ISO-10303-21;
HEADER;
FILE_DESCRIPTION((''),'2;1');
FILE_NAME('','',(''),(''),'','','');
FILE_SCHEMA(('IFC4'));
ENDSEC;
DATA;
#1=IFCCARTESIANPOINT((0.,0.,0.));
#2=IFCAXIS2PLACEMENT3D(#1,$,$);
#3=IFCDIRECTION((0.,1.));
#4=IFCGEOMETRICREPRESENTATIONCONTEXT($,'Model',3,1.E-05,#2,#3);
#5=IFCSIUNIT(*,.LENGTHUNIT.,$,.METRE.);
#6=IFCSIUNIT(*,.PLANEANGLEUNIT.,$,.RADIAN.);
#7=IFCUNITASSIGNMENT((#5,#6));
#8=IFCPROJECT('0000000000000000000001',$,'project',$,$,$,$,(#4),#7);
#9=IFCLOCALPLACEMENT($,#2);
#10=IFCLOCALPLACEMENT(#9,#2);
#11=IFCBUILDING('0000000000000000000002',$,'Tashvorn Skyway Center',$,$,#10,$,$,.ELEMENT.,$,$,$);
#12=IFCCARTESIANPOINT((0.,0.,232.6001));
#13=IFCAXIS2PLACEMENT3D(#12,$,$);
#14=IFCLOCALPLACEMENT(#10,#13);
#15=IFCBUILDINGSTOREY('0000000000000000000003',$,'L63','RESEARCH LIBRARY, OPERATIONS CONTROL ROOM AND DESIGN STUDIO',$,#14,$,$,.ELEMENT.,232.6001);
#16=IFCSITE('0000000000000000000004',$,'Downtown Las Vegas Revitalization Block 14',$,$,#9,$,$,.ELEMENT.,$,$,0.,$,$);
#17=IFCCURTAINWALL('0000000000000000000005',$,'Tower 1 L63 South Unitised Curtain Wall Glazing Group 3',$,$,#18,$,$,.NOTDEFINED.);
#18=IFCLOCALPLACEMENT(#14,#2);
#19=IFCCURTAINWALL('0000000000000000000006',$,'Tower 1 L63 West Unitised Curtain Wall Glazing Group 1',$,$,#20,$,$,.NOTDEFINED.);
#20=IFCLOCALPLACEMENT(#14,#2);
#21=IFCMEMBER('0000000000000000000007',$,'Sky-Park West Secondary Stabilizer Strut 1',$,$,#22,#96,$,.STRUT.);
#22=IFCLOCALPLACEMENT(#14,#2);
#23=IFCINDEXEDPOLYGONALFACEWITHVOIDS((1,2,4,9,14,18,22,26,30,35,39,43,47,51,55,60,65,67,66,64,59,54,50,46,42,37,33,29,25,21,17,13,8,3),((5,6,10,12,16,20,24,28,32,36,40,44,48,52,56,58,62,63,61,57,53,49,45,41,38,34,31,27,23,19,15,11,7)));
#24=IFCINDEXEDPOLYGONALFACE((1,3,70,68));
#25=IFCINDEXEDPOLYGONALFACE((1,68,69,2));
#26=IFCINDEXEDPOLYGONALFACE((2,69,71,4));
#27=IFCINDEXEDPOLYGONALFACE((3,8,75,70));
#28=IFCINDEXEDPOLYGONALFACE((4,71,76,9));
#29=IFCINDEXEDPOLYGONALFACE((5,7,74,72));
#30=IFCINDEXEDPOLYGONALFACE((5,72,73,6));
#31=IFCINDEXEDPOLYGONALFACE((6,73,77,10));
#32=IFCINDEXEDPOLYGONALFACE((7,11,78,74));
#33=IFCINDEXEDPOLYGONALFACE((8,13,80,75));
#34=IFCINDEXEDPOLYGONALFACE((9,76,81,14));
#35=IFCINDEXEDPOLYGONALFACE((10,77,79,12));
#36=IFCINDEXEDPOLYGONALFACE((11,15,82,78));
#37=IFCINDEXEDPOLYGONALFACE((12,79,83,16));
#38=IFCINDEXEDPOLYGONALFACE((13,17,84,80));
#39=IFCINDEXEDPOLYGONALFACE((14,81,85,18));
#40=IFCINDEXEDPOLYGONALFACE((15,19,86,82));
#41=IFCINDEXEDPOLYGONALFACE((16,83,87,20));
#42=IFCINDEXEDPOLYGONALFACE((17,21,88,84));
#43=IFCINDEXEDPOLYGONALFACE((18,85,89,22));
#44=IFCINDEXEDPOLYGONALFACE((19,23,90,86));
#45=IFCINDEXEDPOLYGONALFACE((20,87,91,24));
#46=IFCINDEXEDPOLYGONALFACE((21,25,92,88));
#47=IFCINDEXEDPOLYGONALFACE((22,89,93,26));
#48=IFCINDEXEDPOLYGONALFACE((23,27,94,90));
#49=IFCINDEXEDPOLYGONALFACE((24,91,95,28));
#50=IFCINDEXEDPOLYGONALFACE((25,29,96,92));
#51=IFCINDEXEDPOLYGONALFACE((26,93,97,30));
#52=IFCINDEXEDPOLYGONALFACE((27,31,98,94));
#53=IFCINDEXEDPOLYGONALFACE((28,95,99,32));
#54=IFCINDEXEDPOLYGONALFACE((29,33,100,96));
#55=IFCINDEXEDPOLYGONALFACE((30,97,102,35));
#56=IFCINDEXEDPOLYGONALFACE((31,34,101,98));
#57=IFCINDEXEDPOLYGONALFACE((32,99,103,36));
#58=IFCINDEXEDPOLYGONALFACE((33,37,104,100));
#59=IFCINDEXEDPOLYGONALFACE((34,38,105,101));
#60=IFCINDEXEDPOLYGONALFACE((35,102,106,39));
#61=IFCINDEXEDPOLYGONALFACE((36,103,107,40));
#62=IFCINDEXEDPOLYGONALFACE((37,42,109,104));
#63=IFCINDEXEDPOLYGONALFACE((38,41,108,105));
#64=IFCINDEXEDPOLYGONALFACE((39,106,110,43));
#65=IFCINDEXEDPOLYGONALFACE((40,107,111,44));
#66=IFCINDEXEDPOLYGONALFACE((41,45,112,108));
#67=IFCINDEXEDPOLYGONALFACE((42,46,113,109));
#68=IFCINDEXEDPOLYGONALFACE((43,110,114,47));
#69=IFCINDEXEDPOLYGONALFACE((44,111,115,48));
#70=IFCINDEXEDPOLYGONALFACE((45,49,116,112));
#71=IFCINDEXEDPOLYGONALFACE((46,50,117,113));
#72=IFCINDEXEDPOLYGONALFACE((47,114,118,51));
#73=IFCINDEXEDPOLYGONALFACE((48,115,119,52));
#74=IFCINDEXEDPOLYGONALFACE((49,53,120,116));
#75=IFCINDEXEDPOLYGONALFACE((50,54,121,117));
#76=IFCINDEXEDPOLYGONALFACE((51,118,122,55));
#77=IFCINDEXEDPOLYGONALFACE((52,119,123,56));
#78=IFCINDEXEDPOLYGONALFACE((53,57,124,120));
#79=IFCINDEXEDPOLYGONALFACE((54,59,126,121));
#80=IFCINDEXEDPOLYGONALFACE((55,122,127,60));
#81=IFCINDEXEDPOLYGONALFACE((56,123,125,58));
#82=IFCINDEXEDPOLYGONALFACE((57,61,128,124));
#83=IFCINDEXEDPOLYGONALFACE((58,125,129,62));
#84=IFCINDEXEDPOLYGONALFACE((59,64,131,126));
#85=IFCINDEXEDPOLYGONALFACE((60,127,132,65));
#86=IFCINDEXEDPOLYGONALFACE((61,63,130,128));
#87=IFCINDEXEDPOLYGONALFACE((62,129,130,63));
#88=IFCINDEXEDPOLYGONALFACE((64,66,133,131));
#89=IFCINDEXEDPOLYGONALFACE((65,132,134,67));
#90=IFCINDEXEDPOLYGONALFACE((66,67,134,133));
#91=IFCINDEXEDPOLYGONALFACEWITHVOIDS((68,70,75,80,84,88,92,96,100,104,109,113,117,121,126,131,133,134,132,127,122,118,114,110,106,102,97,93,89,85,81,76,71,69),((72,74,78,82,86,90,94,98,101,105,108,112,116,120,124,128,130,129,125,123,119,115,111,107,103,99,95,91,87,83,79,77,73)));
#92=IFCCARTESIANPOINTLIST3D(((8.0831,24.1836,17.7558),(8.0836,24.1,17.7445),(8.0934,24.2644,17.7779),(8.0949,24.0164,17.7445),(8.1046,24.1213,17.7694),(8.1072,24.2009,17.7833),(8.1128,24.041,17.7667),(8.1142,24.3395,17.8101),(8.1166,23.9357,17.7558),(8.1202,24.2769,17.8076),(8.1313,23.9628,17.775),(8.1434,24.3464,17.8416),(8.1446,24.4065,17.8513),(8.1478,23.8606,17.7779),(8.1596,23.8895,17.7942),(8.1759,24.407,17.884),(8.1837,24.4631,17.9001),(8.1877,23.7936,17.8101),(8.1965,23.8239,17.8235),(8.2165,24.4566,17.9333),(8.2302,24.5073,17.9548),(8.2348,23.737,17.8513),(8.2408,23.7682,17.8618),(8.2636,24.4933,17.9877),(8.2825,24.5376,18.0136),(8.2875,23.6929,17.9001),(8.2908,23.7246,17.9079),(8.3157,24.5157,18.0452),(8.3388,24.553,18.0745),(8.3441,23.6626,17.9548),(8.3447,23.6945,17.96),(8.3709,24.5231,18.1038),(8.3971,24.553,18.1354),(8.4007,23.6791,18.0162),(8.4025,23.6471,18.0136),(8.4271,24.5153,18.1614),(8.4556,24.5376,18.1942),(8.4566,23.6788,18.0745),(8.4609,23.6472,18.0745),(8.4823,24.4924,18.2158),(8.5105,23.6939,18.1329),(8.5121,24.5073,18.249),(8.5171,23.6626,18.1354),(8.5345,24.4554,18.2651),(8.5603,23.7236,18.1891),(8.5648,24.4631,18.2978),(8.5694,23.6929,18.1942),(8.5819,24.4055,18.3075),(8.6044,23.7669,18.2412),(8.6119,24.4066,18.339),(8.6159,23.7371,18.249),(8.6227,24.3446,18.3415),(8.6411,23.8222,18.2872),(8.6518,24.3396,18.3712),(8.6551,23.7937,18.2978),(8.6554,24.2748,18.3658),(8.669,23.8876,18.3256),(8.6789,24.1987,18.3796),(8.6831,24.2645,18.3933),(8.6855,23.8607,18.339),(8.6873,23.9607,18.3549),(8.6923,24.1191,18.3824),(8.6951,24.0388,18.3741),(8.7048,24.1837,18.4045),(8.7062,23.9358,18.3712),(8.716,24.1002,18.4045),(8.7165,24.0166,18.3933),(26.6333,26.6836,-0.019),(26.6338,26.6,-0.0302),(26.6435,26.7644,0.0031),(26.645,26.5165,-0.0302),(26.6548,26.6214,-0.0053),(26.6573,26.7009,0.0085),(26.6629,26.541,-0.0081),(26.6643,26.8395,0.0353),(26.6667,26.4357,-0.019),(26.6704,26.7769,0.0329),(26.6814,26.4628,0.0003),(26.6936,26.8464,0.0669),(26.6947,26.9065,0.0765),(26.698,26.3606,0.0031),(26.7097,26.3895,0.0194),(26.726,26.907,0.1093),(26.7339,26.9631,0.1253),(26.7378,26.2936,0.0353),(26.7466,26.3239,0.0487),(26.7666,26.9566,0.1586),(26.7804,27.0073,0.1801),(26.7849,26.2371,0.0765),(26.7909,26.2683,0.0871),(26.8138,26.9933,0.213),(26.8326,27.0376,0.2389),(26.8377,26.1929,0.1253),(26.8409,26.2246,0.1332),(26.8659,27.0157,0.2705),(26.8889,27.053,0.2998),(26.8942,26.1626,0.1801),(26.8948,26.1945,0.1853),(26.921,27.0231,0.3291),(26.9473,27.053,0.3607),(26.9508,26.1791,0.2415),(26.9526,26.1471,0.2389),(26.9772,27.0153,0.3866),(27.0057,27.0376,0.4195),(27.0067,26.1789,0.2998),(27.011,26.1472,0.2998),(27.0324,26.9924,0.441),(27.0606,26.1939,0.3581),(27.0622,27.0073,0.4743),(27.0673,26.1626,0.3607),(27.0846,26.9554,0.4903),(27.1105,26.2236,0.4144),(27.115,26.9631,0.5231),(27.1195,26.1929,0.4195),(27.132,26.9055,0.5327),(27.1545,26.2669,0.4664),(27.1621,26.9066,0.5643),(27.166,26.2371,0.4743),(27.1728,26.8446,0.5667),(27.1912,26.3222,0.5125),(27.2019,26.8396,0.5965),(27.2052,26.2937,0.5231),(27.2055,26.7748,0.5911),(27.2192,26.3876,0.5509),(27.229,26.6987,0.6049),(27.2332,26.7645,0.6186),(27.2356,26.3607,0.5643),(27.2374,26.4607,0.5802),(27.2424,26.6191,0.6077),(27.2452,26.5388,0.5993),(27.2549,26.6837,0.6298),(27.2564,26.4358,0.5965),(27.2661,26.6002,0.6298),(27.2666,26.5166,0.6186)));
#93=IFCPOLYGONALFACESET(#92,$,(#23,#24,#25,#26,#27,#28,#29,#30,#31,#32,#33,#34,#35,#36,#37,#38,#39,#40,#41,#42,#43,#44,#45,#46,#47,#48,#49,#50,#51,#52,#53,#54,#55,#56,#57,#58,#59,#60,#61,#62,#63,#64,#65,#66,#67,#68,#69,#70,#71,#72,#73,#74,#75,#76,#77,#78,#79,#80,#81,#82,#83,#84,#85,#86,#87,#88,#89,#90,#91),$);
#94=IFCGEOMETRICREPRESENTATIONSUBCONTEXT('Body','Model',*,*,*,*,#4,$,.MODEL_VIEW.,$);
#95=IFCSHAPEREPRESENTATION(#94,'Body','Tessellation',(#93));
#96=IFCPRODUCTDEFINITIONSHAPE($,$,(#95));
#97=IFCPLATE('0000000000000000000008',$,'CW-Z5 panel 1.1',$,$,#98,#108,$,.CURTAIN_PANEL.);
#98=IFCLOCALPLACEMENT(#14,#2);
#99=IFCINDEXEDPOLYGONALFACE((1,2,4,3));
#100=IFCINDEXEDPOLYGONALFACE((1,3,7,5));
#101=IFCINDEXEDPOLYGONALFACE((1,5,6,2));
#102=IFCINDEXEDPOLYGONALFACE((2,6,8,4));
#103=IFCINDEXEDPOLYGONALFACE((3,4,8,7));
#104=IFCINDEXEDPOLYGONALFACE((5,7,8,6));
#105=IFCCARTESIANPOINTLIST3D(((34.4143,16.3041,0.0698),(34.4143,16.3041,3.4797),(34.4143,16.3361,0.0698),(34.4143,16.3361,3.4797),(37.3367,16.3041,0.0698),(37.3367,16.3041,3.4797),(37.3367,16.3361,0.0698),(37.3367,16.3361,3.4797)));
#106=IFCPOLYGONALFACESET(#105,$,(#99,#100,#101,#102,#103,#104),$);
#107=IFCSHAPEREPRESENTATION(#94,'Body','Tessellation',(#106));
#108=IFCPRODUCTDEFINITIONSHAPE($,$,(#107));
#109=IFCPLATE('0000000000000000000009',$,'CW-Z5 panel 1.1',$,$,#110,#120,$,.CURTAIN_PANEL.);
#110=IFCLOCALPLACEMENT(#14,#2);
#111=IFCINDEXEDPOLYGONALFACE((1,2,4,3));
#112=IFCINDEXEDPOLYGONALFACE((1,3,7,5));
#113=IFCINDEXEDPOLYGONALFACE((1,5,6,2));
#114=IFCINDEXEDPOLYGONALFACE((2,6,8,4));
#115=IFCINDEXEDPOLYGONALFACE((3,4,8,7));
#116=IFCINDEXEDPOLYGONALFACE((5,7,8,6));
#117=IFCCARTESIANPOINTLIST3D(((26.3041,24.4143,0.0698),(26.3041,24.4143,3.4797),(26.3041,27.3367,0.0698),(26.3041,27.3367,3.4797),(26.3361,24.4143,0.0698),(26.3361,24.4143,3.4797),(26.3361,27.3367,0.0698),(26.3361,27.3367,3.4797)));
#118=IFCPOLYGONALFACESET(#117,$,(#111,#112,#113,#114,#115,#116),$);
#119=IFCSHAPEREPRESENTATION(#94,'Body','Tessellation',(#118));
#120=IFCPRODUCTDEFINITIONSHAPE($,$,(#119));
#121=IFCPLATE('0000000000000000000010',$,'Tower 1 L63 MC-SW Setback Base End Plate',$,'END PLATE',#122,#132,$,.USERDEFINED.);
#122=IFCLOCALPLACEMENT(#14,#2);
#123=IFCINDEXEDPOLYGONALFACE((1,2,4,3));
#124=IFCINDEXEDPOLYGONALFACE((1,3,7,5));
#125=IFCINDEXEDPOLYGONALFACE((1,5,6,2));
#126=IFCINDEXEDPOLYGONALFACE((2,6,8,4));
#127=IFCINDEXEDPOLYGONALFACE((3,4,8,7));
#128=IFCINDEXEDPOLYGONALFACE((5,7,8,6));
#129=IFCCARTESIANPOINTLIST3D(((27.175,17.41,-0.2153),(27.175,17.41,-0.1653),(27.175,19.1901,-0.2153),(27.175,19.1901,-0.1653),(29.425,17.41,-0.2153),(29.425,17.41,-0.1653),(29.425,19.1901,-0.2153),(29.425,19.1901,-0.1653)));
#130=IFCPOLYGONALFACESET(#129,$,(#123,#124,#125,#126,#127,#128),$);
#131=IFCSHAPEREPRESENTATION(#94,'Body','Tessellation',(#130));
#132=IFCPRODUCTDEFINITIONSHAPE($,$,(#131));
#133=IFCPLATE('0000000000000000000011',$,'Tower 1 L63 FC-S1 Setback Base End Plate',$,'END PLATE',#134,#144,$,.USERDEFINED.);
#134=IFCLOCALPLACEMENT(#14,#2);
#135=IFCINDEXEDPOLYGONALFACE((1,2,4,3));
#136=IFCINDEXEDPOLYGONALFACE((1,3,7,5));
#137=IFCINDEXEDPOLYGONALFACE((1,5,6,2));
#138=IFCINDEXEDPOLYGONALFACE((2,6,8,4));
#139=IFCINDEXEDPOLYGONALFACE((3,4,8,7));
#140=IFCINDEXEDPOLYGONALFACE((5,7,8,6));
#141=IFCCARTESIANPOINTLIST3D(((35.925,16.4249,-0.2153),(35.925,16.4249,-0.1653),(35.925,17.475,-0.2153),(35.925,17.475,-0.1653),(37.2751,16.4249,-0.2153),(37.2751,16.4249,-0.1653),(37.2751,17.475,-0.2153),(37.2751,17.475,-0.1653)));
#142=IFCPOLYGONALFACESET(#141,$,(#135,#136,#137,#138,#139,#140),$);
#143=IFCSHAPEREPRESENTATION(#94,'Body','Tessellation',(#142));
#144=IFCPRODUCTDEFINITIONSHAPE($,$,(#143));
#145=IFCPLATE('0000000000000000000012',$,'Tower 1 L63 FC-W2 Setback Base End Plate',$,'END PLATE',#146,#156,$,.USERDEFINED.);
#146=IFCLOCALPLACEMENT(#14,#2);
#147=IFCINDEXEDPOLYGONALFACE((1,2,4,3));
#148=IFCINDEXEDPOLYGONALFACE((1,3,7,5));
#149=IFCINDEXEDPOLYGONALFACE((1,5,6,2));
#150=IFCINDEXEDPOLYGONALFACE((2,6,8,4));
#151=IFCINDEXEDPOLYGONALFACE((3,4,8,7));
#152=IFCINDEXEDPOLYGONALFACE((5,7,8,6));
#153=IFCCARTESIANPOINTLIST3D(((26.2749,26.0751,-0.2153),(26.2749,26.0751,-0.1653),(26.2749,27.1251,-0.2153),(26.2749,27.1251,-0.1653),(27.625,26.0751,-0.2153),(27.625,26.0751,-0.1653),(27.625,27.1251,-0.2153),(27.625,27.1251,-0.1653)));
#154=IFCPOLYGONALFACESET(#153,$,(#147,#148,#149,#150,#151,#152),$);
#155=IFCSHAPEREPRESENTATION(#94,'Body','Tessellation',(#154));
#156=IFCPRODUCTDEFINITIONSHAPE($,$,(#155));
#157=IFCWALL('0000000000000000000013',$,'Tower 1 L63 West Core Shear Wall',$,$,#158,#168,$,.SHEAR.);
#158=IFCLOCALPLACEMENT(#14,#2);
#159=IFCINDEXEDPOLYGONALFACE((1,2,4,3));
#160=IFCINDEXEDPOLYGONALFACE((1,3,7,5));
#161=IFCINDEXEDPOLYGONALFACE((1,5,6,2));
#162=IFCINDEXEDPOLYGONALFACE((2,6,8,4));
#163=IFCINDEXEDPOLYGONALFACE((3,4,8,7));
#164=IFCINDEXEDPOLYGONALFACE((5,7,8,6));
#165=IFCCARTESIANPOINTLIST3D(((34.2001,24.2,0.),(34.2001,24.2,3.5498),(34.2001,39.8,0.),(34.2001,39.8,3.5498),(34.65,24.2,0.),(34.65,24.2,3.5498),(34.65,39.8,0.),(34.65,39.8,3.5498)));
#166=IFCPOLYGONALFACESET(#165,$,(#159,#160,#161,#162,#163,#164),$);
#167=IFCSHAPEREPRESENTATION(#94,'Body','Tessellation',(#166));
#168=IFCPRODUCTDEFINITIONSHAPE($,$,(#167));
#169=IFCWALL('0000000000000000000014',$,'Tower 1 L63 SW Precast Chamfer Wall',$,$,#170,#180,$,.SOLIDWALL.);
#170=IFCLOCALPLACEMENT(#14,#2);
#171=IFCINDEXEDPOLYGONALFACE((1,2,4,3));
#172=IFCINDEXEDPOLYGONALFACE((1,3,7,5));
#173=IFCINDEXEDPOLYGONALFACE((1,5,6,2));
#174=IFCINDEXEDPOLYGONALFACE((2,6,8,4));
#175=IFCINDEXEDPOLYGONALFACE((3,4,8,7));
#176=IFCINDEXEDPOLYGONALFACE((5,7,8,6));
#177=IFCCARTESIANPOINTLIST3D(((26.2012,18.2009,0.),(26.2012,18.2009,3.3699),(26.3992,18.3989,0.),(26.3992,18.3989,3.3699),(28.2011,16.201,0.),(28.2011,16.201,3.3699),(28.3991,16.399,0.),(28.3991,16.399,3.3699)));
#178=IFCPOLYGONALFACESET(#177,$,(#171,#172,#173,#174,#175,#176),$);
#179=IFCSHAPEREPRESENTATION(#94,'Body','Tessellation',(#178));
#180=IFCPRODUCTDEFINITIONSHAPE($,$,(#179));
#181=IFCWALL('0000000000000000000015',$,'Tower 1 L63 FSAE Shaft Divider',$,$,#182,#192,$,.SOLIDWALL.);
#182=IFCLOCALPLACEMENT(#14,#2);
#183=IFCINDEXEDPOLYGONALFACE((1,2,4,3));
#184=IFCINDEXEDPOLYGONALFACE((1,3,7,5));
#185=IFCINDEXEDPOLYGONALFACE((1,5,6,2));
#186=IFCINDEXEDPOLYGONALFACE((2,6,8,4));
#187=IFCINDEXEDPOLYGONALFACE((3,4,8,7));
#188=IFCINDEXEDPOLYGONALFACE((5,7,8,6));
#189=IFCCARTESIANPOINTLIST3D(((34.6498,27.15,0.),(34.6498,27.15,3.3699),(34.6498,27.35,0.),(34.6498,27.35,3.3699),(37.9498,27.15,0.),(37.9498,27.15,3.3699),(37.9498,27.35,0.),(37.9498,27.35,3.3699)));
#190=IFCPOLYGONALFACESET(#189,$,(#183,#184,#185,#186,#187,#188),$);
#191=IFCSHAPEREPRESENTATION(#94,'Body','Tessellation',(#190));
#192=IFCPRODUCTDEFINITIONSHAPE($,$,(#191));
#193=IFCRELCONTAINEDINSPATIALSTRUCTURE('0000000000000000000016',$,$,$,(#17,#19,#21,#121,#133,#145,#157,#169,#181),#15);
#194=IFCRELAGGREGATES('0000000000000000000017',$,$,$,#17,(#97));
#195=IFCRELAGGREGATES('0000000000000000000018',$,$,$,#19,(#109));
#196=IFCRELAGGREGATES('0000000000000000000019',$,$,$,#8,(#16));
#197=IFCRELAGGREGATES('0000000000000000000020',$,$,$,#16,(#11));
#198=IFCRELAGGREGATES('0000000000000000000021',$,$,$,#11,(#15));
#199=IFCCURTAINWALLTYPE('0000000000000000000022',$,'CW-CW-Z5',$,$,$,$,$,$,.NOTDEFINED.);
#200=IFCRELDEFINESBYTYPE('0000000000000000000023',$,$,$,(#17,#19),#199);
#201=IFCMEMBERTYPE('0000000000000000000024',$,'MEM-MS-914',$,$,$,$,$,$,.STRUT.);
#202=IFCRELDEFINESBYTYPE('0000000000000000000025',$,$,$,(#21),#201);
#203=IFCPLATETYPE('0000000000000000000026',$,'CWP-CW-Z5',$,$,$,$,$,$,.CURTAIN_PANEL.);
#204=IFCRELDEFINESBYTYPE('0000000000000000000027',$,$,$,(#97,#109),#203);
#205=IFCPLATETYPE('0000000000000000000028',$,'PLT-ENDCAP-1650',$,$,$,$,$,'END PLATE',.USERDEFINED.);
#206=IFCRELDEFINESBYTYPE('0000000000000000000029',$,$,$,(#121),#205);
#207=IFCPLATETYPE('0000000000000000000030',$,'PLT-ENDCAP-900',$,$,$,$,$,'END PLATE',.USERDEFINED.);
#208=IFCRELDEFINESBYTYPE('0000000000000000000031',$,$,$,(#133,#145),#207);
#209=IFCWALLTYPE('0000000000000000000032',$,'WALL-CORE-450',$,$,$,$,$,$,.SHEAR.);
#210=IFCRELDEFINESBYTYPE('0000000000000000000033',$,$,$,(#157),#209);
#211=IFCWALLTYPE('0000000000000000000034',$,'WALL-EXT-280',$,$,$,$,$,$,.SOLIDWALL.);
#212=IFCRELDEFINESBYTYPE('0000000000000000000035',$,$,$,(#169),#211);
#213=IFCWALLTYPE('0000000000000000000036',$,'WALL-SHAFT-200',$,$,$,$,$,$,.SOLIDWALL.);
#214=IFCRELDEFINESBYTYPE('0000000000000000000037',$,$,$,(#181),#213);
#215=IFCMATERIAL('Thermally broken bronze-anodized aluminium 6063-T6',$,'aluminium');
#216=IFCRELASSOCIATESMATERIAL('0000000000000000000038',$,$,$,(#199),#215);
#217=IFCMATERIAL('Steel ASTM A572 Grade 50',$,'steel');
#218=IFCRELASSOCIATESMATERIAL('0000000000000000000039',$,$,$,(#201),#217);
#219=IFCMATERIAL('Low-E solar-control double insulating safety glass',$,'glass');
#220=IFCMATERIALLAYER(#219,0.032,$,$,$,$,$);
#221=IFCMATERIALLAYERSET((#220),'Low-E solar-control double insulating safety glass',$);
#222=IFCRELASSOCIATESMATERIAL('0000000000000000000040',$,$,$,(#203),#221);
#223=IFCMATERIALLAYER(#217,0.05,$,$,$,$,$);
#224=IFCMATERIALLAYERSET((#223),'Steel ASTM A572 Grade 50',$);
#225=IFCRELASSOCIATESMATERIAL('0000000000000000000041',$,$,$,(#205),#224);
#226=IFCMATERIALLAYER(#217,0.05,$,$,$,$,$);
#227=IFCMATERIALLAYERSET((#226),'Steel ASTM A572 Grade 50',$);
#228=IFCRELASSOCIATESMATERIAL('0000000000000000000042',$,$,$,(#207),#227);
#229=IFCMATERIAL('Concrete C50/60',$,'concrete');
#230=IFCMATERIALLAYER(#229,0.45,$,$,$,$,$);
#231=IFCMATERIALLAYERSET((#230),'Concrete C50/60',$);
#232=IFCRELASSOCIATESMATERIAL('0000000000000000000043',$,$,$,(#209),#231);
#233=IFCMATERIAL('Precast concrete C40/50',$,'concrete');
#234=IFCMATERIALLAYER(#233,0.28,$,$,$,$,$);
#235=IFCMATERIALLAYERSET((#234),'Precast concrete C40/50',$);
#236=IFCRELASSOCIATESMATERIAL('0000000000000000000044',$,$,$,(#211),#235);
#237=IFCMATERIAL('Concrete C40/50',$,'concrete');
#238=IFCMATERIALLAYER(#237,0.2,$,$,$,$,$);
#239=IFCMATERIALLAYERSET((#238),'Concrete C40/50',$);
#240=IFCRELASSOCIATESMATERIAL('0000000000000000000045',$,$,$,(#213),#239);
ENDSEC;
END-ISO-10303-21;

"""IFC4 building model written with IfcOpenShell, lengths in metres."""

from ifc_helpers import new_model, si_unit, direction, frame, frame_2d, origin, origin_2d, place, context, subcontext, project, spatial, rectangle, hollow_circle, extrude, material, layer, layer_set, material_profile, profile_set, type_object, element, aggregate, save


model = new_model("IFC4")

# Units and contexts
model_context = context("Model", 3, precision=1e-05, world=origin(), true_north=direction((0.0, 1.0)))
body_context = subcontext(model_context, "Body", "Model", "MODEL_VIEW")
ifc_project = project(units=[si_unit("LENGTHUNIT", "METRE"), si_unit("PLANEANGLEUNIT", "RADIAN")], contexts=[model_context])

# Site, building, storey
site_placement = place(None, origin())
site = spatial("IfcSite", under=ifc_project, at=site_placement, Name="Downtown Las Vegas Revitalization Block 14", CompositionType="ELEMENT", RefElevation=0.0)
building_placement = place(site_placement, origin())
building = spatial("IfcBuilding", under=site, at=building_placement, Name="Tashvorn Skyway Center", CompositionType="ELEMENT")
storey_placement = place(building_placement, frame((0.0, 0.0, 232.6001)))
storey = spatial("IfcBuildingStorey", under=building, at=storey_placement, Name="L63", Description="RESEARCH LIBRARY, OPERATIONS CONTROL ROOM AND DESIGN STUDIO", CompositionType="ELEMENT", Elevation=232.6001)

# Shared definitions
ifc_material_1 = material(Name="Steel ASTM A572 Grade 50", Category="steel")

# Curtain walls
ifc_material_2 = material(Name="Thermally broken bronze-anodized aluminium 6063-T6", Category="aluminium")
curtain_wall_type = type_object("IfcCurtainWallType", Name="CW-CW-Z5", PredefinedType="NOTDEFINED", material=ifc_material_2)
curtain_wall_1_placement = place(storey_placement, origin())
curtain_wall_1 = element("IfcCurtainWall", 1, at=curtain_wall_1_placement, inside=storey, type_object=curtain_wall_type, Name="Tower 1 L63 South Unitised Curtain Wall Glazing Group 3", PredefinedType="NOTDEFINED")
curtain_wall_2_placement = place(storey_placement, origin())
curtain_wall_2 = element("IfcCurtainWall", 2, at=curtain_wall_2_placement, inside=storey, type_object=curtain_wall_type, Name="Tower 1 L63 West Unitised Curtain Wall Glazing Group 1", PredefinedType="NOTDEFINED")

# Member
ifc_material_profile_1 = material_profile(ifc_material_1, hollow_circle(Radius=0.457, WallThickness=0.032, at=origin_2d()), Name="CHS914x32")
ifc_profile_set_1 = profile_set([ifc_material_profile_1], Name="Steel ASTM A572 Grade 50")
member_type_1 = type_object("IfcMemberType", Name="MEM-MS-914", PredefinedType="STRUT", material=ifc_profile_set_1)
member_1_placement = place(storey_placement, frame((26.95, 26.6001, 0.2998), z_axis=(-0.718642, -0.096852, 0.688603), x_axis=(0.133563, -0.99104, 0.0)))
element("IfcMember", 3, at=member_1_placement, inside=storey, type_object=member_type_1, Name="Sky-Park West Secondary Stabilizer Strut 1", PredefinedType="STRUT", context=body_context, shape_type="SweptSolid", body=[
    extrude(hollow_circle(Radius=0.457, WallThickness=0.032, at=origin_2d()), origin(), (0.0, 0.0, 1.0), 25.8127),
])

# Plates
ifc_material_3 = material(Name="Low-E solar-control double insulating safety glass", Category="glass")
ifc_layer_1 = layer(ifc_material_3, 0.032)
ifc_layer_set_1 = layer_set([ifc_layer_1], Name="Low-E solar-control double insulating safety glass")
plate_type_1 = type_object("IfcPlateType", Name="CWP-CW-Z5", PredefinedType="CURTAIN_PANEL", material=ifc_layer_set_1)
plate_1_placement = place(storey_placement, frame((35.8755, 16.3201, 0.0698), z_axis=(0.0, 0.0, 1.0), x_axis=(-1.0, 0.0, 0.0)))
plate_1 = element("IfcPlate", 4, at=plate_1_placement, type_object=plate_type_1, Name="CW-Z5 panel 1.1", PredefinedType="CURTAIN_PANEL", context=body_context, shape_type="SweptSolid", body=[
    extrude(rectangle(XDim=2.9224, YDim=0.032, at=origin_2d()), origin(), (0.0, 0.0, 1.0), 3.4099),
])
aggregate(curtain_wall_1, [plate_1])
plate_2_placement = place(storey_placement, frame((26.3201, 25.8755, 0.0698), z_axis=(0.0, 0.0, 1.0), x_axis=(0.0, 1.0, 0.0)))
plate_2 = element("IfcPlate", 5, at=plate_2_placement, type_object=plate_type_1, Name="CW-Z5 panel 1.1", PredefinedType="CURTAIN_PANEL", context=body_context, shape_type="SweptSolid", body=[
    extrude(rectangle(XDim=2.9224, YDim=0.032, at=origin_2d()), origin(), (0.0, 0.0, 1.0), 3.4099),
])
aggregate(curtain_wall_2, [plate_2])

# Plates
ifc_layer_2 = layer(ifc_material_1, 0.05)
ifc_layer_set_2 = layer_set([ifc_layer_2], Name="Steel ASTM A572 Grade 50")
plate_type_2 = type_object("IfcPlateType", Name="PLT-ENDCAP-1650", ElementType="END PLATE", PredefinedType="USERDEFINED", material=ifc_layer_set_2)
plate_3_placement = place(storey_placement, frame((28.3, 18.3, -0.2153), z_axis=(0.0, 0.0, 1.0), x_axis=(1.0, 0.0, 0.0)))
element("IfcPlate", 6, at=plate_3_placement, inside=storey, type_object=plate_type_2, Name="Tower 1 L63 MC-SW Setback Base End Plate", ObjectType="END PLATE", PredefinedType="USERDEFINED", context=body_context, shape_type="SweptSolid", body=[
    extrude(rectangle(XDim=2.25, YDim=1.78, at=origin_2d()), origin(), (0.0, 0.0, 1.0), 0.05),
])
ifc_layer_3 = layer(ifc_material_1, 0.05)
ifc_layer_set_3 = layer_set([ifc_layer_3], Name="Steel ASTM A572 Grade 50")
plate_type_3 = type_object("IfcPlateType", Name="PLT-ENDCAP-900", ElementType="END PLATE", PredefinedType="USERDEFINED", material=ifc_layer_set_3)
for number, where, z_axis, x_axis, name in (
    (7, (36.6001, 16.95, -0.2153), (0.0, 0.0, 1.0), (1.0, 0.0, 0.0), "Tower 1 L63 FC-S1 Setback Base End Plate"),
    (8, (26.95, 26.6001, -0.2153), (0.0, 0.0, 1.0), (1.0, 0.0, 0.0), "Tower 1 L63 FC-W2 Setback Base End Plate"),
):
    element("IfcPlate", number, at=place(storey_placement, frame(where, z_axis=z_axis, x_axis=x_axis)), inside=storey, type_object=plate_type_3, Name=name, ObjectType="END PLATE", PredefinedType="USERDEFINED", context=body_context, shape_type="SweptSolid", body=[
        extrude(rectangle(XDim=1.3501, YDim=1.05, at=origin_2d()), origin(), (0.0, 0.0, 1.0), 0.05),
    ])

# Walls
ifc_material_4 = material(Name="Concrete C50/60", Category="concrete")
ifc_layer_4 = layer(ifc_material_4, 0.45)
ifc_layer_set_4 = layer_set([ifc_layer_4], Name="Concrete C50/60")
wall_type_1 = type_object("IfcWallType", Name="WALL-CORE-450", PredefinedType="SHEAR", material=ifc_layer_set_4)
wall_1_placement = place(storey_placement, frame((34.425, 24.2, 0.0), z_axis=(0.0, 0.0, 1.0), x_axis=(0.0, 1.0, 0.0)))
element("IfcWall", 9, at=wall_1_placement, inside=storey, type_object=wall_type_1, Name="Tower 1 L63 West Core Shear Wall", PredefinedType="SHEAR", context=body_context, shape_type="SweptSolid", body=[
    extrude(rectangle(XDim=15.6001, YDim=0.45, at=frame_2d((7.8, 0.0))), origin(), (0.0, 0.0, 1.0), 3.5498),
])
ifc_material_5 = material(Name="Precast concrete C40/50", Category="concrete")
ifc_layer_5 = layer(ifc_material_5, 0.28)
ifc_layer_set_5 = layer_set([ifc_layer_5], Name="Precast concrete C40/50")
wall_type_2 = type_object("IfcWallType", Name="WALL-EXT-280", PredefinedType="SOLIDWALL", material=ifc_layer_set_5)
wall_2_placement = place(storey_placement, frame((28.3, 16.3, 0.0), z_axis=(0.0, 0.0, 1.0), x_axis=(-0.707107, 0.707107, 0.0)))
element("IfcWall", 10, at=wall_2_placement, inside=storey, type_object=wall_type_2, Name="Tower 1 L63 SW Precast Chamfer Wall", PredefinedType="SOLIDWALL", context=body_context, shape_type="SweptSolid", body=[
    extrude(rectangle(XDim=2.8284, YDim=0.28, at=frame_2d((1.4141, 0.0))), origin(), (0.0, 0.0, 1.0), 3.3699),
])
ifc_material_6 = material(Name="Concrete C40/50", Category="concrete")
ifc_layer_6 = layer(ifc_material_6, 0.2)
ifc_layer_set_6 = layer_set([ifc_layer_6], Name="Concrete C40/50")
wall_type_3 = type_object("IfcWallType", Name="WALL-SHAFT-200", PredefinedType="SOLIDWALL", material=ifc_layer_set_6)
wall_3_placement = place(storey_placement, frame((34.6499, 27.25, 0.0), z_axis=(0.0, 0.0, 1.0), x_axis=(1.0, 0.0, 0.0)))
element("IfcWall", 11, at=wall_3_placement, inside=storey, type_object=wall_type_3, Name="Tower 1 L63 FSAE Shaft Divider", PredefinedType="SOLIDWALL", context=body_context, shape_type="SweptSolid", body=[
    extrude(rectangle(XDim=3.3, YDim=0.2, at=frame_2d((1.6499, 0.0))), origin(), (0.0, 0.0, 1.0), 3.3699),
])

save(model, "model.ifc")
